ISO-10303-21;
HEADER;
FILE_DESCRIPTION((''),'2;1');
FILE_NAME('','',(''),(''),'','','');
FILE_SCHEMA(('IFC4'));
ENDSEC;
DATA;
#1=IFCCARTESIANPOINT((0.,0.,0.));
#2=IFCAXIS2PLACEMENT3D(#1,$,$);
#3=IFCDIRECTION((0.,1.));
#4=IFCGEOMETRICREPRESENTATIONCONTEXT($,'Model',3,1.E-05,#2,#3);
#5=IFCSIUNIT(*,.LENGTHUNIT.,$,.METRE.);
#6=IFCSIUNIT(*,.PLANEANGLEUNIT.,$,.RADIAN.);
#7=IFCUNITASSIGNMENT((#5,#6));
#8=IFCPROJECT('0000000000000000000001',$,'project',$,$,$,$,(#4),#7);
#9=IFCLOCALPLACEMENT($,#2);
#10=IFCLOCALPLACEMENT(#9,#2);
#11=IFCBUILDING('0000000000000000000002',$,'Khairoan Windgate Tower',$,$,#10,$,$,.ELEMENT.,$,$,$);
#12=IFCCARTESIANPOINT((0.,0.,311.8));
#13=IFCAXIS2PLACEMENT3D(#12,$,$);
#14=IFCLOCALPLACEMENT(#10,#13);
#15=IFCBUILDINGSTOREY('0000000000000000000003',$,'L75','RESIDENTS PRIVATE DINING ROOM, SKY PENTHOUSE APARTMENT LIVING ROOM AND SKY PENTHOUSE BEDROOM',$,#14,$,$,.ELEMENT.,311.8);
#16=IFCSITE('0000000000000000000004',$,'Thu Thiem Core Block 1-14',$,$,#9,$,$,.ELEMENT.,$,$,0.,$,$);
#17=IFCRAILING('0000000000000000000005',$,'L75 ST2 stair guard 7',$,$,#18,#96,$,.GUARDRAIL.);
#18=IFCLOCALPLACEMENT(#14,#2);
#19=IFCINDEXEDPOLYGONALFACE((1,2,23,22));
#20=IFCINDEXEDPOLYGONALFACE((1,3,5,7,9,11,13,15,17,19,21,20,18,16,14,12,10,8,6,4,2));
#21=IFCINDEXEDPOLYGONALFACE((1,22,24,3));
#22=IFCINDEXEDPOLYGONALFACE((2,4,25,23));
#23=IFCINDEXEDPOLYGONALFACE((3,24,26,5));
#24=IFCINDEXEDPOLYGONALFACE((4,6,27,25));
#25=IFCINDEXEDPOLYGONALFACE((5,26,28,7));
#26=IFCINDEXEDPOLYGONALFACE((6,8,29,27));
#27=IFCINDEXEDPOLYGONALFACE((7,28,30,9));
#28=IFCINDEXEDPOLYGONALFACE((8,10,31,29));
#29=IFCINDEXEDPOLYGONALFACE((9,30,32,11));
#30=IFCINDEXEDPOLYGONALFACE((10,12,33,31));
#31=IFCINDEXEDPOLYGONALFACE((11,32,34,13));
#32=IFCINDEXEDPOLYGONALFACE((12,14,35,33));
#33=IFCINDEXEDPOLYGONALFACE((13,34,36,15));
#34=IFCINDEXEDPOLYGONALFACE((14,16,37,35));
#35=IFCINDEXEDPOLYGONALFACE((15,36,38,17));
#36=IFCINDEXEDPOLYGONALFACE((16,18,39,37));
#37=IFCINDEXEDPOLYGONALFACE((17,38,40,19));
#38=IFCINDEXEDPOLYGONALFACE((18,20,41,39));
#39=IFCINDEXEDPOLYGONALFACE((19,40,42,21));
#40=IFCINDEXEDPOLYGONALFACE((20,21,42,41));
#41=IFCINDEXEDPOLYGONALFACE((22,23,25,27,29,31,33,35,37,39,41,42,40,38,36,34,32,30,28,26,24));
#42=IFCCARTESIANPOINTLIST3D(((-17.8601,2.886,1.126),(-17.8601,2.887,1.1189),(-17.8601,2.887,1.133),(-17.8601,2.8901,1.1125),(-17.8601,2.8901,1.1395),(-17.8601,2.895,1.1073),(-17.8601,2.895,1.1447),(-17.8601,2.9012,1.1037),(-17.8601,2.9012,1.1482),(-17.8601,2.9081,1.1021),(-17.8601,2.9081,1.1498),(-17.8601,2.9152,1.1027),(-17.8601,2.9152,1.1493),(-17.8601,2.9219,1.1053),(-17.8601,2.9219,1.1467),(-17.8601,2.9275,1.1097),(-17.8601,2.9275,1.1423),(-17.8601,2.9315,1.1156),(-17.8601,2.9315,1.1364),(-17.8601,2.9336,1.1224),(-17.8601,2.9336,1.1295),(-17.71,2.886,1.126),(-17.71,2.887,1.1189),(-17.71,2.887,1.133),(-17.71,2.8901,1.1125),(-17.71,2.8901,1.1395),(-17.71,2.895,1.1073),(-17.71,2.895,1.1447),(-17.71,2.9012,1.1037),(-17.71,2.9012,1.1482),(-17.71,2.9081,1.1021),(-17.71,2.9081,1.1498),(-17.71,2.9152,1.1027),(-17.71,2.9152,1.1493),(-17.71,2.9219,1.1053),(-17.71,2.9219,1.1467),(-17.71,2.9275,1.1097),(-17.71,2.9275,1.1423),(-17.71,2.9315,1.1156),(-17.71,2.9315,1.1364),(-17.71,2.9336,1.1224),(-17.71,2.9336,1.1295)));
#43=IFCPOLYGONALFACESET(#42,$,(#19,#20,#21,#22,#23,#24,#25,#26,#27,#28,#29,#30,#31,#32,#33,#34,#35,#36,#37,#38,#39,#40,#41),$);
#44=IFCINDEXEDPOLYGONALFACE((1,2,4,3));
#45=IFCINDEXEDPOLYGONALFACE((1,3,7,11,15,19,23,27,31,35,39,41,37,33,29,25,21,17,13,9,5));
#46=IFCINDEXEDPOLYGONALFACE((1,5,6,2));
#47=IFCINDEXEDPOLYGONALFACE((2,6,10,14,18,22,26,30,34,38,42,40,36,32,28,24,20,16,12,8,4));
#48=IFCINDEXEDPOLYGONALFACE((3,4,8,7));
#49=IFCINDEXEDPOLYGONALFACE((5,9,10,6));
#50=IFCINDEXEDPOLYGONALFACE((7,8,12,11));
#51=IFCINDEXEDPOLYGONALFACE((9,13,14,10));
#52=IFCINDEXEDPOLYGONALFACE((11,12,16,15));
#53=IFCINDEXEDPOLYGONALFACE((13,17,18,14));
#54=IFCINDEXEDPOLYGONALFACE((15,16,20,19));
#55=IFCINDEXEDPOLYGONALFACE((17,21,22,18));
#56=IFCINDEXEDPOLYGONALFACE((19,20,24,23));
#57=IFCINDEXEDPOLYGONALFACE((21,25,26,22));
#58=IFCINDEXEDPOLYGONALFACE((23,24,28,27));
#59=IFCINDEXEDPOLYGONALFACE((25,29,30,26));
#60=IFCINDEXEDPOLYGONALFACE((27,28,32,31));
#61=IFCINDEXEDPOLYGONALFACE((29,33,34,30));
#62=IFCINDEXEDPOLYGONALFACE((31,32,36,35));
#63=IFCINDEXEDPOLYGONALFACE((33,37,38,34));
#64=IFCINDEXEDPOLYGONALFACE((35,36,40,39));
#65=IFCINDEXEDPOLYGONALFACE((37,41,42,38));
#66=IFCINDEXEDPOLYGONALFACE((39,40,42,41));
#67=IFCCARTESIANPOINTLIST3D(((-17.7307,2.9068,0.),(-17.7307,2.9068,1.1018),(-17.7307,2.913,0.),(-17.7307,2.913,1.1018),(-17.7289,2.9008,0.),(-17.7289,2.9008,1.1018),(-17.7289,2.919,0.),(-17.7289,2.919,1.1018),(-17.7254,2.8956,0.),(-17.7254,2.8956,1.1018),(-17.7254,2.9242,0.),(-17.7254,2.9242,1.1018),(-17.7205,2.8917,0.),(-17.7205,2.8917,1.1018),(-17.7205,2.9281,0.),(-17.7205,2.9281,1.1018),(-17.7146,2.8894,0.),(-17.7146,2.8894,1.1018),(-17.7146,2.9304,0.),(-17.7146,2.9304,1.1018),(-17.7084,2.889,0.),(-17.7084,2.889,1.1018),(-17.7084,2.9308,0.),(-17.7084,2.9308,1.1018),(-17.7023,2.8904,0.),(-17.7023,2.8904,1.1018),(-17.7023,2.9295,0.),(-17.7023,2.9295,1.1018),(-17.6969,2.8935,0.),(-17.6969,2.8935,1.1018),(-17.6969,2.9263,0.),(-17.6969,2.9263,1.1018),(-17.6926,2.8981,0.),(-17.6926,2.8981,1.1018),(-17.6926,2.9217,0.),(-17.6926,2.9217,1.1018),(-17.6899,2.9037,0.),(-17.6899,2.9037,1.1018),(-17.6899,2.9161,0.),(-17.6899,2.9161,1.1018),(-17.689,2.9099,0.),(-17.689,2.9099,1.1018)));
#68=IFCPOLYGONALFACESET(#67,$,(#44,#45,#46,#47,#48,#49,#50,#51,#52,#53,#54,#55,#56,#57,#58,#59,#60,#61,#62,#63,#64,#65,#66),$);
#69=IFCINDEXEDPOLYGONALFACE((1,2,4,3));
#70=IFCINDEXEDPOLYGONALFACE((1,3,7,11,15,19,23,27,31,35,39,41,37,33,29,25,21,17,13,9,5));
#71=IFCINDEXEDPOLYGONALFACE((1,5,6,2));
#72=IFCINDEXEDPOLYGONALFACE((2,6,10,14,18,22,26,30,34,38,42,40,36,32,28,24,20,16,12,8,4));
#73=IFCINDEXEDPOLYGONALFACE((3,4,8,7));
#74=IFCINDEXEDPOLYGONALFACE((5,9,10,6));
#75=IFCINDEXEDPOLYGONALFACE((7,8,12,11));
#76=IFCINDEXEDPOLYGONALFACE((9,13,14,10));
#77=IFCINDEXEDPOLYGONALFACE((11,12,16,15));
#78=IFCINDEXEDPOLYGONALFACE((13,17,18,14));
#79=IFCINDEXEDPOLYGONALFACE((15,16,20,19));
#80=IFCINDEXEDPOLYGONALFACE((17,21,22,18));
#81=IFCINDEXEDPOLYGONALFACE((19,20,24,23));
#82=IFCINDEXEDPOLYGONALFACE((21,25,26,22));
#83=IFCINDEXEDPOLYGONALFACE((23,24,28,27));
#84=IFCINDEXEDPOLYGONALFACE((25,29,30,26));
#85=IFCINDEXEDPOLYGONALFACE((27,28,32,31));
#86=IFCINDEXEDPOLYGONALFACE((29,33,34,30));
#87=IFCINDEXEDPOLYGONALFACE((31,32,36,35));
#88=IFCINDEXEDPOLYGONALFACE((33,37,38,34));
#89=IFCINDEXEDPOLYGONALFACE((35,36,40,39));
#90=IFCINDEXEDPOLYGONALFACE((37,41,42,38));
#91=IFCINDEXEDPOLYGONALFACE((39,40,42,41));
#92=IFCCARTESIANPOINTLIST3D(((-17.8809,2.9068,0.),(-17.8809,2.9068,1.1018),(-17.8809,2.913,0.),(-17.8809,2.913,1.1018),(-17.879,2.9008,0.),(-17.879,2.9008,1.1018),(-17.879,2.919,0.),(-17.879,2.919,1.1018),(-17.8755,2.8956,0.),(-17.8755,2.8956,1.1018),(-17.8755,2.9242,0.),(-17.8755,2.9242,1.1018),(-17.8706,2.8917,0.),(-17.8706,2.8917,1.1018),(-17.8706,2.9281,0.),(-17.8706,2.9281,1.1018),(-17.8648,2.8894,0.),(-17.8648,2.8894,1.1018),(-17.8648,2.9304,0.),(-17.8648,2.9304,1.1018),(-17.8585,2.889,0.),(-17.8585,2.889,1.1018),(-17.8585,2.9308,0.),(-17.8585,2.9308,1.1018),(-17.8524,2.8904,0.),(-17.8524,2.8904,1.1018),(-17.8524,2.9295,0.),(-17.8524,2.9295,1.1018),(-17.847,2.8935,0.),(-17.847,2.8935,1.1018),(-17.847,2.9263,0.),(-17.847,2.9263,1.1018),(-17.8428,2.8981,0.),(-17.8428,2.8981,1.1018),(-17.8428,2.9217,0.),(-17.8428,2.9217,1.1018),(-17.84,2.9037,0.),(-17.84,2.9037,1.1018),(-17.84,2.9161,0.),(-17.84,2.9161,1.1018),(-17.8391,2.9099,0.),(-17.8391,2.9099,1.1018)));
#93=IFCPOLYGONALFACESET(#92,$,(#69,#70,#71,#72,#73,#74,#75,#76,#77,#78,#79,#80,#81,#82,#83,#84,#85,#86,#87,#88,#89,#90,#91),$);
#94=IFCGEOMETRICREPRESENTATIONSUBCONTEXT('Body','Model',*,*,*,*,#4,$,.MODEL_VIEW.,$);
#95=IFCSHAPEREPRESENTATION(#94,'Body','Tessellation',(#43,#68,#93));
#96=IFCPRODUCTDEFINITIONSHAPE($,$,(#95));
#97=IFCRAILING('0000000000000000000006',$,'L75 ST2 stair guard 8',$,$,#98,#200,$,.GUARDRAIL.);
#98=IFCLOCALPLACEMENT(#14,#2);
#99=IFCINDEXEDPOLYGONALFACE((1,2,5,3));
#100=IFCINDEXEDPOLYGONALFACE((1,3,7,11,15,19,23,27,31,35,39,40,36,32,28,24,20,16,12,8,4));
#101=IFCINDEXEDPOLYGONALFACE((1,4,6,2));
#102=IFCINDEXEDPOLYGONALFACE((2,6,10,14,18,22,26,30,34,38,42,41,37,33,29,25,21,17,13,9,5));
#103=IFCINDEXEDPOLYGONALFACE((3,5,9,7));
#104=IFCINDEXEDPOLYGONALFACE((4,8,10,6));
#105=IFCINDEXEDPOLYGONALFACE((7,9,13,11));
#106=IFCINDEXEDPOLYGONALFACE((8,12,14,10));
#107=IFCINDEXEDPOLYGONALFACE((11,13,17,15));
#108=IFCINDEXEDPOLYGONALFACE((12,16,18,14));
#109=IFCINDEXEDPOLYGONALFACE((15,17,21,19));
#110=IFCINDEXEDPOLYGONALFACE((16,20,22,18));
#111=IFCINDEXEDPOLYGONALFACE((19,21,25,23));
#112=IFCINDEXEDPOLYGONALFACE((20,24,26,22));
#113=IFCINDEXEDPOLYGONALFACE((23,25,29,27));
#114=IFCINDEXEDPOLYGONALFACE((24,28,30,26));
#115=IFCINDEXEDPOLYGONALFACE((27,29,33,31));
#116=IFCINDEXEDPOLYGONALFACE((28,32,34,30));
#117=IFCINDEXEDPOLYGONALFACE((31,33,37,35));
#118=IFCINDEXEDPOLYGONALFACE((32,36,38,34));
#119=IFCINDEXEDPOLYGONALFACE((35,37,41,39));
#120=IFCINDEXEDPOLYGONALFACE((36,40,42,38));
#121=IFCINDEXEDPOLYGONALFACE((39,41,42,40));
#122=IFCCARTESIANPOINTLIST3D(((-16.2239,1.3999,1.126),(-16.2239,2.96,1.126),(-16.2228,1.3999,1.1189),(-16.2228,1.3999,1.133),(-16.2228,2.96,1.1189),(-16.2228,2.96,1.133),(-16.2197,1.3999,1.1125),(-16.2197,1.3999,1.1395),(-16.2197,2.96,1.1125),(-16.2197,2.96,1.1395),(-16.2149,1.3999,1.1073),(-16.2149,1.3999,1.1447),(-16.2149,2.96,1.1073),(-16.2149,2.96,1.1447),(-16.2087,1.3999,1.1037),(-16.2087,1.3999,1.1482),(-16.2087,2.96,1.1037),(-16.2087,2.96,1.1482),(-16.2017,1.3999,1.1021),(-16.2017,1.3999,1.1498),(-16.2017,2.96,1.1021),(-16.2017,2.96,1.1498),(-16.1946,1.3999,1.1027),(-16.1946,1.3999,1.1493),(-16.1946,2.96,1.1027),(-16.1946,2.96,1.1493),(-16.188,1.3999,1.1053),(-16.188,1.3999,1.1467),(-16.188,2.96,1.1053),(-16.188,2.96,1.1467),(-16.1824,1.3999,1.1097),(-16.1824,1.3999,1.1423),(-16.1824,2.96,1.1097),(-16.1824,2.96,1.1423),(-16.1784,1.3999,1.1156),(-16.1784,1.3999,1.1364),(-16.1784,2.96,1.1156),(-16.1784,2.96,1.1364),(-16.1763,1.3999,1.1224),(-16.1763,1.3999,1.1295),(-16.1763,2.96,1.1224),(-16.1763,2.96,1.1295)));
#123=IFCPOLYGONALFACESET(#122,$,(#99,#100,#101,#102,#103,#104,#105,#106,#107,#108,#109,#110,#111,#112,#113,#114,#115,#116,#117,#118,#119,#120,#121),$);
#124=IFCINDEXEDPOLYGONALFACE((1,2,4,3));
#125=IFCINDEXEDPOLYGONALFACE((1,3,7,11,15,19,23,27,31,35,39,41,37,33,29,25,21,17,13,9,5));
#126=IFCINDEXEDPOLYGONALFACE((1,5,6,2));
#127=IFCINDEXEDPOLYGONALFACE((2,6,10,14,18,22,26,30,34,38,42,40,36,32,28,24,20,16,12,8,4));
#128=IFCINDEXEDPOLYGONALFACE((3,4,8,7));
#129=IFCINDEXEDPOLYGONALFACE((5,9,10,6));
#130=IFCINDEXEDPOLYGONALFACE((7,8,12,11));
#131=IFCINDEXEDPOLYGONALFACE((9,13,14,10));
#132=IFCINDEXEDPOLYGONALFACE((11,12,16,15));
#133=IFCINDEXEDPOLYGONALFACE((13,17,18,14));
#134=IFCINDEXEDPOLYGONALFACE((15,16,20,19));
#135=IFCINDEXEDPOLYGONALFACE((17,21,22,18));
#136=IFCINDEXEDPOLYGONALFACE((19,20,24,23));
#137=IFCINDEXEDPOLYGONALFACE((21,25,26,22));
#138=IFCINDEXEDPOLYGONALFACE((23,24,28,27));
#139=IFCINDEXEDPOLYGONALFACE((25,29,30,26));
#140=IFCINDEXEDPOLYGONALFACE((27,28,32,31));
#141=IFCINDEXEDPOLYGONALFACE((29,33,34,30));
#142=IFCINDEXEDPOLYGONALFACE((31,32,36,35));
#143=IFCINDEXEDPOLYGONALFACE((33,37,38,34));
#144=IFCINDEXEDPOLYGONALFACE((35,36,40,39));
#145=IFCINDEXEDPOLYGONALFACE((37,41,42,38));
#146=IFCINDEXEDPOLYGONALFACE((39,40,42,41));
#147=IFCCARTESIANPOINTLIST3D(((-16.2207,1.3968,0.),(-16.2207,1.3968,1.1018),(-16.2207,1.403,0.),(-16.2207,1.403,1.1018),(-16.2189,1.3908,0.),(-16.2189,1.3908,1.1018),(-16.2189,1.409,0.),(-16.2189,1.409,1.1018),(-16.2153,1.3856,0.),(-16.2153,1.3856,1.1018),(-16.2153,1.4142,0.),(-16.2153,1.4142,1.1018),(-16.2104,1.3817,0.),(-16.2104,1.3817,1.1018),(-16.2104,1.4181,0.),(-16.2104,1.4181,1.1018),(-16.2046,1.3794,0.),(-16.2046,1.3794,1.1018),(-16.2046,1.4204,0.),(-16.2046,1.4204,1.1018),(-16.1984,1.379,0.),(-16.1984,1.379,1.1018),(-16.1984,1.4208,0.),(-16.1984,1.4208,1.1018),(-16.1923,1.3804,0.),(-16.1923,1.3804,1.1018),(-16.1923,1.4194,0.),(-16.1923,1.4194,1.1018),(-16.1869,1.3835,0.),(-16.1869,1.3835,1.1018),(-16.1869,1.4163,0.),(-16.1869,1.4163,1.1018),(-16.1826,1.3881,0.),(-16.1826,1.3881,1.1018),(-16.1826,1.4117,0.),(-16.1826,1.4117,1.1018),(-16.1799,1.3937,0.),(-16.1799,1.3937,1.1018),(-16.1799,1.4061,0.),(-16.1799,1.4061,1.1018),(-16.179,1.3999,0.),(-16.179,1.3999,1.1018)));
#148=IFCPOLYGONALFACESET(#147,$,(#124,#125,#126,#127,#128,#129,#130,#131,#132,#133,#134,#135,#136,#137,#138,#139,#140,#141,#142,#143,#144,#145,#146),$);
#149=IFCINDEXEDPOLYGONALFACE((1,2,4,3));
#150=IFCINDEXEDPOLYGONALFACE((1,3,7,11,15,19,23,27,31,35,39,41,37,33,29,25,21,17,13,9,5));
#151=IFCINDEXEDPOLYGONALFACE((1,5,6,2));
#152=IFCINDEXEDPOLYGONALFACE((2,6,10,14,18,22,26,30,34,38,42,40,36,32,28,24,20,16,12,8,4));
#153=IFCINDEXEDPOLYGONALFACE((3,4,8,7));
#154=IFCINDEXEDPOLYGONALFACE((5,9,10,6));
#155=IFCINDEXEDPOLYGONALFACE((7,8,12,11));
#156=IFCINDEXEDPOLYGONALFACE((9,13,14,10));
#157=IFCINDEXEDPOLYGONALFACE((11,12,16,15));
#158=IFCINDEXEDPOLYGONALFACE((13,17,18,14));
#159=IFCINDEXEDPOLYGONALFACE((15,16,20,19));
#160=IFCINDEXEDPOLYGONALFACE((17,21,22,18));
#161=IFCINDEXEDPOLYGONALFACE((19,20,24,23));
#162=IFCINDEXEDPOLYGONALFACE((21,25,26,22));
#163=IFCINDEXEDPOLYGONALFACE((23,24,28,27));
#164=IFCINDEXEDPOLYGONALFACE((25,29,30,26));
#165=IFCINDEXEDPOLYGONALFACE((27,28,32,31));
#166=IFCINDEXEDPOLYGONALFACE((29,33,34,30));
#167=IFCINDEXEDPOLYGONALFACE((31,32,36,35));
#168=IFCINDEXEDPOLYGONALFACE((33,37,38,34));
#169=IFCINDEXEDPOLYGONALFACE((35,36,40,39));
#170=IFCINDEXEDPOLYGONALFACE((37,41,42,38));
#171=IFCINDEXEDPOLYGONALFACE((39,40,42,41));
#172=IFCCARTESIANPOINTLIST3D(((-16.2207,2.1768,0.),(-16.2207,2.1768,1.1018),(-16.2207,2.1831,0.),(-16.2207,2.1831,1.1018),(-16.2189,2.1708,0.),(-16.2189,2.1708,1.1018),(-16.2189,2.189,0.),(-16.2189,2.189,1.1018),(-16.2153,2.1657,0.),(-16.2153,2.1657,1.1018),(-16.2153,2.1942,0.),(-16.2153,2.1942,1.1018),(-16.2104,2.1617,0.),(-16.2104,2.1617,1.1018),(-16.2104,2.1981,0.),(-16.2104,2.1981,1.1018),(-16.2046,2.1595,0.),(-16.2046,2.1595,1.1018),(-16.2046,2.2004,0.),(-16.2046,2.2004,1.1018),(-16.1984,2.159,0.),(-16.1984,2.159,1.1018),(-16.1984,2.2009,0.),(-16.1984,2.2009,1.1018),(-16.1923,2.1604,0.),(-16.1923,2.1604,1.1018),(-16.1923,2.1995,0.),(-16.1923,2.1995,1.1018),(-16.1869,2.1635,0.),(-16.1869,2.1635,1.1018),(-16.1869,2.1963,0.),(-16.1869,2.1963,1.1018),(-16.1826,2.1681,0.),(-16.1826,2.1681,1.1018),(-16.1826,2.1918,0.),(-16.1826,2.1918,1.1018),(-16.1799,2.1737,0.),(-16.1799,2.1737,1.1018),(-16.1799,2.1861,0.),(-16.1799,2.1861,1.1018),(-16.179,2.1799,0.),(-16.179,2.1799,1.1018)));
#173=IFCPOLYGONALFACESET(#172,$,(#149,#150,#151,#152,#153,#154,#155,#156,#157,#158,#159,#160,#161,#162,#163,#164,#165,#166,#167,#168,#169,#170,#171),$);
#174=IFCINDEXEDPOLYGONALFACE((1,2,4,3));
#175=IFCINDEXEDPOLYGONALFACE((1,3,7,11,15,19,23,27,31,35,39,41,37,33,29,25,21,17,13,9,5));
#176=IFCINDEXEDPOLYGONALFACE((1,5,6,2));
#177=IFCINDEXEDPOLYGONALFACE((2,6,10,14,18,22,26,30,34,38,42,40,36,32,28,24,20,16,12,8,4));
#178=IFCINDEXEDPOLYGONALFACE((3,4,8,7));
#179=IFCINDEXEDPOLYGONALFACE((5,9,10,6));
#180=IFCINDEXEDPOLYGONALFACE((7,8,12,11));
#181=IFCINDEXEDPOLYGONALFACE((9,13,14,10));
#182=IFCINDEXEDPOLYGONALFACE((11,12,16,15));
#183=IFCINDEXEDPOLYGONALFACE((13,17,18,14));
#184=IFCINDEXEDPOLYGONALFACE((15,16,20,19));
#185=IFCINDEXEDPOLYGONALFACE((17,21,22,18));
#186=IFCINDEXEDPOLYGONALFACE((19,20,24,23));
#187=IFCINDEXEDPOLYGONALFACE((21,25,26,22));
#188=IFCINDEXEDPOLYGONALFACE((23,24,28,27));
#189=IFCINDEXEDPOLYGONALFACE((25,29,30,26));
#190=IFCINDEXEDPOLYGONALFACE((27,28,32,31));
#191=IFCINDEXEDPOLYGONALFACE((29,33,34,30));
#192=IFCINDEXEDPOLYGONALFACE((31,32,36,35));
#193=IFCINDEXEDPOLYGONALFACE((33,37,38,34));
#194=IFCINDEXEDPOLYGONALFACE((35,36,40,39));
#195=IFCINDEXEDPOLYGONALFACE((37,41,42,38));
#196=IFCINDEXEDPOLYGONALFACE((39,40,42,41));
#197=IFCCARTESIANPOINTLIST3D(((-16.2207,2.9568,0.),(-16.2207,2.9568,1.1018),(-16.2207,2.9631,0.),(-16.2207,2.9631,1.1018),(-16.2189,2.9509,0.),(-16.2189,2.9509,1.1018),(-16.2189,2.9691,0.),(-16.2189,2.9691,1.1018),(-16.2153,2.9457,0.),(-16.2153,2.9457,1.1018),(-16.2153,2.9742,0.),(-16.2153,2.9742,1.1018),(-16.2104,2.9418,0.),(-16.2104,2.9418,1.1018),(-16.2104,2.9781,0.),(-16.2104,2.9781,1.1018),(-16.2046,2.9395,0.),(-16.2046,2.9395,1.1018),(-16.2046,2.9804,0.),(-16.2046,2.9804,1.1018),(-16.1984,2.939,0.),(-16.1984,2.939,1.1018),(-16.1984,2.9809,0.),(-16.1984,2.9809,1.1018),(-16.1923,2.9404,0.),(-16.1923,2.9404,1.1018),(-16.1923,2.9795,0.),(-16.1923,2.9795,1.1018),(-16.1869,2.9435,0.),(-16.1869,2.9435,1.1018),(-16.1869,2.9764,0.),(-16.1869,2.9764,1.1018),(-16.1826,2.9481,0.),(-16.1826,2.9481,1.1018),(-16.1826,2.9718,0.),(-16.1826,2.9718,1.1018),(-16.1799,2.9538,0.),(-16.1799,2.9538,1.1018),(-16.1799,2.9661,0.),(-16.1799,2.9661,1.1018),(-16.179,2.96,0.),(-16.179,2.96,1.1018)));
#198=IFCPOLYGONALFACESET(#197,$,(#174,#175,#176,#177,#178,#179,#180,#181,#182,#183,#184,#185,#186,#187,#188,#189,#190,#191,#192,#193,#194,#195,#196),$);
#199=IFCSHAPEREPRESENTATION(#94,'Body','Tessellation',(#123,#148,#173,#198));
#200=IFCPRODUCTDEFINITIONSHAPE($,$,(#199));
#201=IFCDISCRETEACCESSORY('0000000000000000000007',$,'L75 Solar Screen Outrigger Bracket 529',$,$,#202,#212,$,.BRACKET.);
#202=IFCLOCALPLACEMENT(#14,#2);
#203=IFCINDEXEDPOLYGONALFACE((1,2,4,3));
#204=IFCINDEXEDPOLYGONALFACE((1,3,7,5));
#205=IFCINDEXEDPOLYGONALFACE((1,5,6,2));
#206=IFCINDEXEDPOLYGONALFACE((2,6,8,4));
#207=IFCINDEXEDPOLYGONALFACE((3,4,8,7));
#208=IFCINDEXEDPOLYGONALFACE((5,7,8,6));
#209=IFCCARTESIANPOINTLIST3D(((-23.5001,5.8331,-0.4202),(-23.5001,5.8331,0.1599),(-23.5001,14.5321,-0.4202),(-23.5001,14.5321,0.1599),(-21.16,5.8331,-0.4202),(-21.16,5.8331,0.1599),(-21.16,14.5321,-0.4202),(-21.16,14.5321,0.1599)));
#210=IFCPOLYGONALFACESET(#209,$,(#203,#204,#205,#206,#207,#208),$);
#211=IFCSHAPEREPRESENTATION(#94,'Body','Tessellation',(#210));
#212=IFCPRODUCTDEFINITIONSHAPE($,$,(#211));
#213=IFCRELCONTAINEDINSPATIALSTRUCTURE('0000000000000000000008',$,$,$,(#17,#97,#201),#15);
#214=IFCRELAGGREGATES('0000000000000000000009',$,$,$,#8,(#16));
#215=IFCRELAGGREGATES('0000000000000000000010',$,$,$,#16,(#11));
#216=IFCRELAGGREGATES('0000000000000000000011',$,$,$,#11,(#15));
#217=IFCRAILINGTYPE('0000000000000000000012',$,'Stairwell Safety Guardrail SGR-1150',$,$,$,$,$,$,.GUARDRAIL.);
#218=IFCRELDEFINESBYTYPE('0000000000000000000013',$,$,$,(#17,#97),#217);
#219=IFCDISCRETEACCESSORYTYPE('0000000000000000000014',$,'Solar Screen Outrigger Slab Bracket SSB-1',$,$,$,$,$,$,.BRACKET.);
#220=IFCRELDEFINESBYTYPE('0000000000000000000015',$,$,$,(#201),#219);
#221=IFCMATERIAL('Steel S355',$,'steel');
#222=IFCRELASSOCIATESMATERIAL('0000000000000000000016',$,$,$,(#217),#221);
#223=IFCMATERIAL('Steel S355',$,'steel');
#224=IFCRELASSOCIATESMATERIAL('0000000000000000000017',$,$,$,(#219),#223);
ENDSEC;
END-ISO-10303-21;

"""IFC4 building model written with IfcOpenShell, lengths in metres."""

from ifc_helpers import new_model, si_unit, direction, frame, origin, origin_2d, place, context, subcontext, project, spatial, rectangle, circle, extrude, material, type_object, element, save


model = new_model("IFC4")

# Units and contexts
model_context = context("Model", 3, precision=1e-05, world=origin(), true_north=direction((0.0, 1.0)))
body_context = subcontext(model_context, "Body", "Model", "MODEL_VIEW")
ifc_project = project(units=[si_unit("LENGTHUNIT", "METRE"), si_unit("PLANEANGLEUNIT", "RADIAN")], contexts=[model_context])

# Site, building, storey
site_placement = place(None, origin())
site = spatial("IfcSite", under=ifc_project, at=site_placement, Name="Thu Thiem Core Block 1-14", CompositionType="ELEMENT", RefElevation=0.0)
building_placement = place(site_placement, origin())
building = spatial("IfcBuilding", under=site, at=building_placement, Name="Khairoan Windgate Tower", CompositionType="ELEMENT")
storey_placement = place(building_placement, frame((0.0, 0.0, 311.8)))
storey = spatial("IfcBuildingStorey", under=building, at=storey_placement, Name="L75", Description="RESIDENTS PRIVATE DINING ROOM, SKY PENTHOUSE APARTMENT LIVING ROOM AND SKY PENTHOUSE BEDROOM", CompositionType="ELEMENT", Elevation=311.8)

# Railings
ifc_material_1 = material(Name="Steel S355", Category="steel")
railing_type_1 = type_object("IfcRailingType", Name="Stairwell Safety Guardrail SGR-1150", PredefinedType="GUARDRAIL", material=ifc_material_1)
railing_1_placement = place(storey_placement, frame((-17.71, 2.9099, 0.0)))
element("IfcRailing", 1, at=railing_1_placement, inside=storey, type_object=railing_type_1, Name="L75 ST2 stair guard 7", PredefinedType="GUARDRAIL", context=body_context, shape_type="SweptSolid", body=[
    extrude(circle(Radius=0.0239, at=origin_2d()), frame((0.0, 0.0, 1.126), z_axis=(-1.0, 0.0, 0.0), x_axis=(0.0, -1.0, 0.0)), (0.0, 0.0, 1.0), 0.1501),
    extrude(circle(Radius=0.021, at=origin_2d()), origin(), (0.0, 0.0, 1.0), 1.1018),
    extrude(circle(Radius=0.021, at=origin_2d()), frame((-0.1501, 0.0, 0.0)), (0.0, 0.0, 1.0), 1.1018),
])
railing_2_placement = place(storey_placement, frame((-16.2, 1.3999, 0.0)))
element("IfcRailing", 2, at=railing_2_placement, inside=storey, type_object=railing_type_1, Name="L75 ST2 stair guard 8", PredefinedType="GUARDRAIL", context=body_context, shape_type="SweptSolid", body=[
    extrude(circle(Radius=0.0239, at=origin_2d()), frame((0.0, 0.0, 1.126), z_axis=(0.0, 1.0, 0.0), x_axis=(-1.0, 0.0, 0.0)), (0.0, 0.0, 1.0), 1.5601),
    extrude(circle(Radius=0.021, at=origin_2d()), origin(), (0.0, 0.0, 1.0), 1.1018),
    extrude(circle(Radius=0.021, at=origin_2d()), frame((0.0, 0.78, 0.0)), (0.0, 0.0, 1.0), 1.1018),
    extrude(circle(Radius=0.021, at=origin_2d()), frame((0.0, 1.5601, 0.0)), (0.0, 0.0, 1.0), 1.1018),
])

# Discrete accessory
ifc_material_2 = material(Name="Steel S355", Category="steel")
discrete_accessory_type = type_object("IfcDiscreteAccessoryType", Name="Solar Screen Outrigger Slab Bracket SSB-1", PredefinedType="BRACKET", material=ifc_material_2)
discrete_accessory_placement = place(storey_placement, frame((-22.3301, 10.1826, -0.4202), z_axis=(0.0, 0.0, 1.0), x_axis=(0.0, 1.0, 0.0)))
element("IfcDiscreteAccessory", 3, at=discrete_accessory_placement, inside=storey, type_object=discrete_accessory_type, Name="L75 Solar Screen Outrigger Bracket 529", PredefinedType="BRACKET", context=body_context, shape_type="SweptSolid", body=[
    extrude(rectangle(XDim=8.699, YDim=2.3401, at=origin_2d()), origin(), (0.0, 0.0, 1.0), 0.5801),
])

save(model, "model.ifc")
